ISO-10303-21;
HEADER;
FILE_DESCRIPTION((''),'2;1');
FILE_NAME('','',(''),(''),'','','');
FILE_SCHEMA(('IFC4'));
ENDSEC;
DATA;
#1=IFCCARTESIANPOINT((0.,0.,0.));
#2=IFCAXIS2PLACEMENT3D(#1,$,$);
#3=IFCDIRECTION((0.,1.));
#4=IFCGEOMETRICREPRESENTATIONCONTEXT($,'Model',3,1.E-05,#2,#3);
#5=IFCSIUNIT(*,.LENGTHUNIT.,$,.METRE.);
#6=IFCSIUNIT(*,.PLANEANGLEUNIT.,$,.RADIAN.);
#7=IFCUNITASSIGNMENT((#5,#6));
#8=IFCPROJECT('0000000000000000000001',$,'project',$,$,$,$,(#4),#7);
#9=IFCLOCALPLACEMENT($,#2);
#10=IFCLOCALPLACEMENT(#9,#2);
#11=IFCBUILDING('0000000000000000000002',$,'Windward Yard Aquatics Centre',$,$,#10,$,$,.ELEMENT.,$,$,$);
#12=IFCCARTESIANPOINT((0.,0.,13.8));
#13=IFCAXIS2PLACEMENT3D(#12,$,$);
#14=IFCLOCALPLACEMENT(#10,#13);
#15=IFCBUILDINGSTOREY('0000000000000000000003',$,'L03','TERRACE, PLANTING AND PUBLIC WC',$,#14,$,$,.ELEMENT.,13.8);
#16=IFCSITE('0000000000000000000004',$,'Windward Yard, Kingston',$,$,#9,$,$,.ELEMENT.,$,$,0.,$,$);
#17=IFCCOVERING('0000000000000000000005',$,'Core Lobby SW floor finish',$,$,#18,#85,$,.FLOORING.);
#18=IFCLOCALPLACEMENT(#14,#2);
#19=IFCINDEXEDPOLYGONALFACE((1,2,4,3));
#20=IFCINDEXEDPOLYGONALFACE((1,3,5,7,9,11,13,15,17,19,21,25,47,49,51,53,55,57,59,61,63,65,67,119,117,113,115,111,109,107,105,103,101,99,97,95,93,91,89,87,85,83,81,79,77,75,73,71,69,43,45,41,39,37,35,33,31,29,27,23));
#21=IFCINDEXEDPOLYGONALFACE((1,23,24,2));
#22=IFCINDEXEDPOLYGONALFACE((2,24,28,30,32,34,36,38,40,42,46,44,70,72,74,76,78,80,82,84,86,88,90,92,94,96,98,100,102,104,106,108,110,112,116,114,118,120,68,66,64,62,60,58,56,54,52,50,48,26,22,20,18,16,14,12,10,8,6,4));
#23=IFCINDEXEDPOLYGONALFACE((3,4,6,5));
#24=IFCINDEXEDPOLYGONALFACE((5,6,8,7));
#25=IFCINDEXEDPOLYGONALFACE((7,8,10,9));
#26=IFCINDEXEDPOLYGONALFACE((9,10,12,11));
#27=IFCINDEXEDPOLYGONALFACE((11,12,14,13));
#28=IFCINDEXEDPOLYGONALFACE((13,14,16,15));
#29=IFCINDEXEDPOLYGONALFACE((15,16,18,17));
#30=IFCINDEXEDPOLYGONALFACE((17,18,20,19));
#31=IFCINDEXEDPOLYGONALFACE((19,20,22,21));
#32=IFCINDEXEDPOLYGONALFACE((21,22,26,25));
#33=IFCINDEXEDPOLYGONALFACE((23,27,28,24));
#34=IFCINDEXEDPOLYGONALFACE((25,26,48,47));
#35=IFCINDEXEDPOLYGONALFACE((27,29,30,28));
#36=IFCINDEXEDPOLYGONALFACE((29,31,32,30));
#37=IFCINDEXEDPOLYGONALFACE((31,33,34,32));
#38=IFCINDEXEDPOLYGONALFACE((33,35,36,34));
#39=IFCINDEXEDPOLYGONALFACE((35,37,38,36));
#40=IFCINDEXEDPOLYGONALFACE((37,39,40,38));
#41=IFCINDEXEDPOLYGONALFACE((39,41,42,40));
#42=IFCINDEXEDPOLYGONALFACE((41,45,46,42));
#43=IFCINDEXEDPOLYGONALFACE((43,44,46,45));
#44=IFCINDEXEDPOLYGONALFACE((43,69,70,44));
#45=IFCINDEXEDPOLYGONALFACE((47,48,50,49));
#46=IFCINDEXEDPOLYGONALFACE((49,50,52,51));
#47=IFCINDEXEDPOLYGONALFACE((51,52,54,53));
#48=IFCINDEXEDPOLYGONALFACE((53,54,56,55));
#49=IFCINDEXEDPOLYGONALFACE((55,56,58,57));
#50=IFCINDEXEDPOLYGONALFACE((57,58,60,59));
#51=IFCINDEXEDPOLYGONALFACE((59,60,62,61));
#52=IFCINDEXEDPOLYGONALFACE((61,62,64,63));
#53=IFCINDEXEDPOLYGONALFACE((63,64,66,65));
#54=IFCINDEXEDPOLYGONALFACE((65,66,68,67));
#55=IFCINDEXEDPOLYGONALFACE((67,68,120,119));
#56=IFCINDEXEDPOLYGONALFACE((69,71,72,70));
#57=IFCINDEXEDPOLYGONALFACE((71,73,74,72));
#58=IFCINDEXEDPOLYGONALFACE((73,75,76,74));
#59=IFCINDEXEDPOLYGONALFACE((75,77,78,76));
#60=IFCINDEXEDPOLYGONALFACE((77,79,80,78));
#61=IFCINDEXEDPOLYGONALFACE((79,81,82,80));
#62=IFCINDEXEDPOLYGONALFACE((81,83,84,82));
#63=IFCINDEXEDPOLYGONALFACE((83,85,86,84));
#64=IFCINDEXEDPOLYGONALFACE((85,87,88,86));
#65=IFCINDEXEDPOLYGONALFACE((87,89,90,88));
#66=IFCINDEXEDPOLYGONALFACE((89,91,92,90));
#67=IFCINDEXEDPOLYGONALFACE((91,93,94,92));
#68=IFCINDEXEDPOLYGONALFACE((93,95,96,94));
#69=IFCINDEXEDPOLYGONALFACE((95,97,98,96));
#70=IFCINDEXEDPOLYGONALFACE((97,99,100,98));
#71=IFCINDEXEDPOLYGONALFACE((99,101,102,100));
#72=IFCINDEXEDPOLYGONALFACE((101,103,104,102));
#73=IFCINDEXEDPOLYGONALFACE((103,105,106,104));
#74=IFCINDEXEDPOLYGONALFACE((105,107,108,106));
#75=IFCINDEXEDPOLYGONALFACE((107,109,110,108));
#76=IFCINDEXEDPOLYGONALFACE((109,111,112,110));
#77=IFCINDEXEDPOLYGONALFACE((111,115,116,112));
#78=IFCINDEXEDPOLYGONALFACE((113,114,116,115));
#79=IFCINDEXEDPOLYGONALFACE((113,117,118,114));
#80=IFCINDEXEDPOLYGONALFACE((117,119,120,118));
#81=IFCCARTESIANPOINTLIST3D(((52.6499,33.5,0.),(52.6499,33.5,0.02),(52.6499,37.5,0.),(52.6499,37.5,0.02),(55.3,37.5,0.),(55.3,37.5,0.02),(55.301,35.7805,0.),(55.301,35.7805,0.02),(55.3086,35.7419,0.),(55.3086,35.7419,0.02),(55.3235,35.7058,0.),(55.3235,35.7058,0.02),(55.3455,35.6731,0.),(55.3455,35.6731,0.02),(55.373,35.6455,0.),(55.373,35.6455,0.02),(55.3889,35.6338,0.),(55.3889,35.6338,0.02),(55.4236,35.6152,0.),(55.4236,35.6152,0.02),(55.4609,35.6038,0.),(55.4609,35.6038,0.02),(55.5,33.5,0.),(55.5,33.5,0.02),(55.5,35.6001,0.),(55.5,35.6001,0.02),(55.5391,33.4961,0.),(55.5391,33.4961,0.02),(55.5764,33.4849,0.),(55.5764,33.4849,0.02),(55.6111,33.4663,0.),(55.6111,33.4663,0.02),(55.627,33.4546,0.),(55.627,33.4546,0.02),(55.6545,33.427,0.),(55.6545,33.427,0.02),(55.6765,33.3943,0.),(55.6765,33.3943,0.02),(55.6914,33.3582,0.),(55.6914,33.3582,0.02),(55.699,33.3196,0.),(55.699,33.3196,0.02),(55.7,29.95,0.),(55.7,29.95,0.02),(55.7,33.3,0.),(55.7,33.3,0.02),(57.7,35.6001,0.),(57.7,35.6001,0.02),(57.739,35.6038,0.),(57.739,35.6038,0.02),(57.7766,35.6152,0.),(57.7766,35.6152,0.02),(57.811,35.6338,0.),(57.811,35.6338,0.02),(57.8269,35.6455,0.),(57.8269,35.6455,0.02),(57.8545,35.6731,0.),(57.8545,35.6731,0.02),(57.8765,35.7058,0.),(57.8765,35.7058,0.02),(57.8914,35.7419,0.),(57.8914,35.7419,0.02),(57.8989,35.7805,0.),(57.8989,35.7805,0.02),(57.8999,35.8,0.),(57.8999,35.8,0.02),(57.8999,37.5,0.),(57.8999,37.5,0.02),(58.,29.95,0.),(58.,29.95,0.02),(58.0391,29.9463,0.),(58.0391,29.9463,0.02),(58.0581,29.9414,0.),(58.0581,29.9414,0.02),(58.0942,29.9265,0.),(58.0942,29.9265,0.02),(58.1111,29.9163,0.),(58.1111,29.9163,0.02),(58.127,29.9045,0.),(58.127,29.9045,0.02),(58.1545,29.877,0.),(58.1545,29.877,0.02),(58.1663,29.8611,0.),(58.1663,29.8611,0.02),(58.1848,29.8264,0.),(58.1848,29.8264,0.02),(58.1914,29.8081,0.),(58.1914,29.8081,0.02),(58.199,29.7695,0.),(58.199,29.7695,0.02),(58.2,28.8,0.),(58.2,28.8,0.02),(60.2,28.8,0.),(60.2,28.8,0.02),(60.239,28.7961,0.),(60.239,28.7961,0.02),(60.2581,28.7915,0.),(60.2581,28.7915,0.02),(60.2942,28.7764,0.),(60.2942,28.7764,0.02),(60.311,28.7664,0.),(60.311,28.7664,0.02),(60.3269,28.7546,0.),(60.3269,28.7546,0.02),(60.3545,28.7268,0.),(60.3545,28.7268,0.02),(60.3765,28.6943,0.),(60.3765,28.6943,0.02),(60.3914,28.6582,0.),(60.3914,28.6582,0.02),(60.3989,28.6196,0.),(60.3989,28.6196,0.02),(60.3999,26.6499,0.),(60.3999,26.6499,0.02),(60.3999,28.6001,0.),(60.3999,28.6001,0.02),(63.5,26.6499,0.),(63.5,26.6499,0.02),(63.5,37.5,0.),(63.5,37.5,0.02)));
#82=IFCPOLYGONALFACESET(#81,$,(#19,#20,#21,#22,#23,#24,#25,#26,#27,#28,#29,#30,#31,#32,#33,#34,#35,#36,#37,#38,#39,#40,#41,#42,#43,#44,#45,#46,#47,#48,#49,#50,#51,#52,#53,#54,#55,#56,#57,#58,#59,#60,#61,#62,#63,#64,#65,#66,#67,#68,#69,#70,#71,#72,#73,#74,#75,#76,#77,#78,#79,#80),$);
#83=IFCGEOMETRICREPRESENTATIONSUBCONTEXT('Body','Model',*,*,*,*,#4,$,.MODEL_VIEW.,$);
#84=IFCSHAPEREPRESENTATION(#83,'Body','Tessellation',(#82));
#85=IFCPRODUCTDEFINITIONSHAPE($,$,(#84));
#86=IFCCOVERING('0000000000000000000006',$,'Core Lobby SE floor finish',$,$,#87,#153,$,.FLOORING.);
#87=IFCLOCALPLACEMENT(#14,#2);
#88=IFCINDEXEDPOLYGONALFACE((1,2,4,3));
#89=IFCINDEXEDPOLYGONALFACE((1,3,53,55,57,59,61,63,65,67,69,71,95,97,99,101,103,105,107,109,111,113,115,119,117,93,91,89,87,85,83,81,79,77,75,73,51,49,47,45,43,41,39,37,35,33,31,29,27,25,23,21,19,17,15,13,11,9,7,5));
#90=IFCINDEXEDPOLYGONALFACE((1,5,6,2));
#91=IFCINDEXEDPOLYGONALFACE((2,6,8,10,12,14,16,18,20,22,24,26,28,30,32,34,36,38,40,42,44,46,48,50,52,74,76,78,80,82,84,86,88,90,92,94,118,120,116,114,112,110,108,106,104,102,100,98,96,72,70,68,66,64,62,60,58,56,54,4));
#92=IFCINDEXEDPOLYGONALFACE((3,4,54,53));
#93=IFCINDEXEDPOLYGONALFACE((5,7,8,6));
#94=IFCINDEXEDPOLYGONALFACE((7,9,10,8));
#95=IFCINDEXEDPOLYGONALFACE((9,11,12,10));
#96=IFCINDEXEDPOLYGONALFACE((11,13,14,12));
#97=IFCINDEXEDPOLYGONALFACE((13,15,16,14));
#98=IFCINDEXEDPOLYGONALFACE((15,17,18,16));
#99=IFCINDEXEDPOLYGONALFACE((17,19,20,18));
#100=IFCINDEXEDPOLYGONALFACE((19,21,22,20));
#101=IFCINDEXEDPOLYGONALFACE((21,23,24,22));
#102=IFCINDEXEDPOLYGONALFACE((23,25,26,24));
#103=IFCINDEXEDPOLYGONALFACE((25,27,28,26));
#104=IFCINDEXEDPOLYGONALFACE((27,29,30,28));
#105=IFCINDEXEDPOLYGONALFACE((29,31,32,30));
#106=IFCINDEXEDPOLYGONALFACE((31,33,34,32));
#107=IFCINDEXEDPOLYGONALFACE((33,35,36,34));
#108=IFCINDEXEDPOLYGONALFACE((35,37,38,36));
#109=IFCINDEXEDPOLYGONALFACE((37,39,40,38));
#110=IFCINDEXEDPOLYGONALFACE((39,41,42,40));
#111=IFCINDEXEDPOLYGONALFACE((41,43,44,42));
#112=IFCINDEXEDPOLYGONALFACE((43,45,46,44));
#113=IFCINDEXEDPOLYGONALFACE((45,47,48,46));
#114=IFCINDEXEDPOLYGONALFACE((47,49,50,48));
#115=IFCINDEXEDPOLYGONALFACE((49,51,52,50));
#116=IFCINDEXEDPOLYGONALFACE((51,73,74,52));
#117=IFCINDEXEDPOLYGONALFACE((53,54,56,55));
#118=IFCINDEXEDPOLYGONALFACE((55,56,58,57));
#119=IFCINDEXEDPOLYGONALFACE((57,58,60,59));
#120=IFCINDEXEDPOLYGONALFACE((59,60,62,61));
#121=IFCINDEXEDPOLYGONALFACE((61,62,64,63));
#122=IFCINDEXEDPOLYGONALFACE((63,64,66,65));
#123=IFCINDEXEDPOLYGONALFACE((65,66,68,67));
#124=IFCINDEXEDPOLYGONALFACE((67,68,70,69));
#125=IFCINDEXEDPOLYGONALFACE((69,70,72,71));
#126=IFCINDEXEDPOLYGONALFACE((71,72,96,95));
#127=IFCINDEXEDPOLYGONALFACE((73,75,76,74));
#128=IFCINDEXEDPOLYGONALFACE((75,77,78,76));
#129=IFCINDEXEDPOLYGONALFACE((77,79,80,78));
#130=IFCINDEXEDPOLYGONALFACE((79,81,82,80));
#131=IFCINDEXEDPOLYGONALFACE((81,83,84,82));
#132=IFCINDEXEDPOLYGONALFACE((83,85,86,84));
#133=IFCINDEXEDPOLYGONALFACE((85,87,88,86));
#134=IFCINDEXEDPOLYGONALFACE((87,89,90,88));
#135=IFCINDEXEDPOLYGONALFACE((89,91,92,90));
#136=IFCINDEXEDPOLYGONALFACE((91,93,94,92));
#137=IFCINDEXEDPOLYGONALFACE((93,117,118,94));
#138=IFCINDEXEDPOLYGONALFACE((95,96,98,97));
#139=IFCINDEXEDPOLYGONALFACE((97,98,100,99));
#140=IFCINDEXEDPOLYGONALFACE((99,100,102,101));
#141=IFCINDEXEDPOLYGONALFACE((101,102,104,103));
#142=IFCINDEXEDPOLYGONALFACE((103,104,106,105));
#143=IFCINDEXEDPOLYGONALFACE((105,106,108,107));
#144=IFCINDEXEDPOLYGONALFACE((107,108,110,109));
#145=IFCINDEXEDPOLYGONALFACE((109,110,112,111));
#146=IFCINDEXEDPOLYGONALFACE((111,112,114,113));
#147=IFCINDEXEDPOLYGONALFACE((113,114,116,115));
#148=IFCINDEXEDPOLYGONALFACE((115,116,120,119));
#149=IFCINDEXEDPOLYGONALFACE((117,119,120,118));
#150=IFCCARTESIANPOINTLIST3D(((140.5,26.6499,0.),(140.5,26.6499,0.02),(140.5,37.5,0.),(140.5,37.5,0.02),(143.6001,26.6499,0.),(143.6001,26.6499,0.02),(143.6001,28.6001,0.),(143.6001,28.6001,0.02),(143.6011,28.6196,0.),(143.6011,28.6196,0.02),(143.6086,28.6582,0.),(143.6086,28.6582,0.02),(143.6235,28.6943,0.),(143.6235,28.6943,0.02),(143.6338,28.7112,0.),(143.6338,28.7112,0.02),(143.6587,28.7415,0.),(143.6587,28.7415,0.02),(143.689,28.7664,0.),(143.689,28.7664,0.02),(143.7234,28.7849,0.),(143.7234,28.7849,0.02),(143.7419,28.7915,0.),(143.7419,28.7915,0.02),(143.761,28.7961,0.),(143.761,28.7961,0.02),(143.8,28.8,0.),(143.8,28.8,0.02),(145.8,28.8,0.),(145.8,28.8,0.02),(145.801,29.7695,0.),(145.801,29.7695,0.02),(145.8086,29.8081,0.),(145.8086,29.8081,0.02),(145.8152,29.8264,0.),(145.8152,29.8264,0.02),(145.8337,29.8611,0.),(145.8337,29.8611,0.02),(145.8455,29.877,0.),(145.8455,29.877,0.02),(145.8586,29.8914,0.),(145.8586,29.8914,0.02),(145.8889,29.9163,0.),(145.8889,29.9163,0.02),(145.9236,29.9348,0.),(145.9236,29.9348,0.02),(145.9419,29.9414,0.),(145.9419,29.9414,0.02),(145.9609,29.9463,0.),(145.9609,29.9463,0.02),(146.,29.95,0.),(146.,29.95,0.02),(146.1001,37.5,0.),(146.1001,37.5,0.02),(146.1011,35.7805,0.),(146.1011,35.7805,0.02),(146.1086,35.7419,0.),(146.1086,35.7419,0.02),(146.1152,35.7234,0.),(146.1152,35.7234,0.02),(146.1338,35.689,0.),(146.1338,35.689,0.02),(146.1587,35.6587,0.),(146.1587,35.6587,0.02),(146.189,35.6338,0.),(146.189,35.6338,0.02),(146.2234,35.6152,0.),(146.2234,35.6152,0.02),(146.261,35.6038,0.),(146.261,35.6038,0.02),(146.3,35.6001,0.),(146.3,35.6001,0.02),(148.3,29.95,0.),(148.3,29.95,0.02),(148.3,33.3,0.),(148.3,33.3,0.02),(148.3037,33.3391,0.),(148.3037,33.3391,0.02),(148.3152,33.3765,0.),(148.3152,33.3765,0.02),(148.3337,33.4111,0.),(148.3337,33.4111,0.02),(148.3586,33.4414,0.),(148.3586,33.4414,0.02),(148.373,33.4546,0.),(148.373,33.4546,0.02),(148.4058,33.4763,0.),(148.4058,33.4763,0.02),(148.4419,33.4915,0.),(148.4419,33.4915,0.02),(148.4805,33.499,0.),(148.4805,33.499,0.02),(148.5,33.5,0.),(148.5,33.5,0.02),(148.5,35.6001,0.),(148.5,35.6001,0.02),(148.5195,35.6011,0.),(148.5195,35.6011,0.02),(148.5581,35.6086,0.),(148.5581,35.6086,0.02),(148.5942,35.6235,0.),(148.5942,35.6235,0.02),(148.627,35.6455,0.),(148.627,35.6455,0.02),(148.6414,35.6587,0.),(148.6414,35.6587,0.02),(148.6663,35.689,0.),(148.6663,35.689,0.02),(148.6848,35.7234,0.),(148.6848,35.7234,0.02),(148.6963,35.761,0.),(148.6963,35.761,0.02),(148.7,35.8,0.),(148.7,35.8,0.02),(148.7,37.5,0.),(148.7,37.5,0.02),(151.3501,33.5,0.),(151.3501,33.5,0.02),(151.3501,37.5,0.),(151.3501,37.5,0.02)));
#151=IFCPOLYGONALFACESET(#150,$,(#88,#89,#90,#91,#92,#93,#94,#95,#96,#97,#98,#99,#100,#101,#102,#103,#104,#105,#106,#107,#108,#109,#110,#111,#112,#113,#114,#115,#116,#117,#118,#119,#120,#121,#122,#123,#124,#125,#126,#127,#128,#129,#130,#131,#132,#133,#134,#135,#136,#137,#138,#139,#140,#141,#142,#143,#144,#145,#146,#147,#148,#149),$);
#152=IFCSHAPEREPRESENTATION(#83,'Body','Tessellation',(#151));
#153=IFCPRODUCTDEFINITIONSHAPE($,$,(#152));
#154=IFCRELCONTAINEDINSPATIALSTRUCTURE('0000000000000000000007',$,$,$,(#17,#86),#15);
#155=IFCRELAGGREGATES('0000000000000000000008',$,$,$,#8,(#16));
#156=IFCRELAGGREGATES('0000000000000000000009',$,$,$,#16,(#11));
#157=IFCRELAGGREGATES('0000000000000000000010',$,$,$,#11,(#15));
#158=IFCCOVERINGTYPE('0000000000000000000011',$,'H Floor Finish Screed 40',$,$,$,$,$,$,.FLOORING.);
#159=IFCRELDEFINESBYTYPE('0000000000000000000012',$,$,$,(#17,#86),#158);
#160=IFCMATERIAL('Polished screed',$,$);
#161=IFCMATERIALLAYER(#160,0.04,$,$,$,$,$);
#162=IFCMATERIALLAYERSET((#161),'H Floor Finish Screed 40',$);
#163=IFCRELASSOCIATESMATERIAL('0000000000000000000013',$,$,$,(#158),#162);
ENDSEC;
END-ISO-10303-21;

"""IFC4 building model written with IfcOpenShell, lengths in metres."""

from ifc_helpers import new_model, si_unit, direction, frame, origin, place, context, subcontext, project, spatial, polyline, outline, extrude, material, layer, layer_set, type_object, element, save


model = new_model("IFC4")

# Units and contexts
model_context = context("Model", 3, precision=1e-05, world=origin(), true_north=direction((0.0, 1.0)))
body_context = subcontext(model_context, "Body", "Model", "MODEL_VIEW")
ifc_project = project(units=[si_unit("LENGTHUNIT", "METRE"), si_unit("PLANEANGLEUNIT", "RADIAN")], contexts=[model_context])

# Site, building, storey
site_placement = place(None, origin())
site = spatial("IfcSite", under=ifc_project, at=site_placement, Name="Windward Yard, Kingston", CompositionType="ELEMENT", RefElevation=0.0)
building_placement = place(site_placement, origin())
building = spatial("IfcBuilding", under=site, at=building_placement, Name="Windward Yard Aquatics Centre", CompositionType="ELEMENT")
storey_placement = place(building_placement, frame((0.0, 0.0, 13.8)))
storey = spatial("IfcBuildingStorey", under=building, at=storey_placement, Name="L03", Description="TERRACE, PLANTING AND PUBLIC WC", CompositionType="ELEMENT", Elevation=13.8)

# Coverings
ifc_material_1 = material(Name="Polished screed")
ifc_layer_1 = layer(ifc_material_1, 0.04)
ifc_layer_set_1 = layer_set([ifc_layer_1], Name="H Floor Finish Screed 40")
covering_type_1 = type_object("IfcCoveringType", Name="H Floor Finish Screed 40", PredefinedType="FLOORING", material=ifc_layer_set_1)
covering_1_placement = place(storey_placement, origin())
element("IfcCovering", 1, at=covering_1_placement, inside=storey, type_object=covering_type_1, Name="Core Lobby SW floor finish", PredefinedType="FLOORING", context=body_context, shape_type="SweptSolid", body=[
    extrude(outline(polyline([(52.6499, 33.5), (52.6499, 37.5), (55.3, 37.5), (55.301, 35.7805), (55.3086, 35.7419), (55.3235, 35.7058), (55.3455, 35.6731), (55.373, 35.6455), (55.3889, 35.6338), (55.4236, 35.6152), (55.4609, 35.6038), (55.5, 35.6001), (57.7, 35.6001), (57.739, 35.6038), (57.7766, 35.6152), (57.811, 35.6338), (57.8269, 35.6455), (57.8545, 35.6731), (57.8765, 35.7058), (57.8914, 35.7419), (57.8989, 35.7805), (57.8999, 35.8), (57.8999, 37.5), (63.5, 37.5), (63.5, 26.6499), (60.3999, 26.6499), (60.3999, 28.6001), (60.3989, 28.6196), (60.3914, 28.6582), (60.3765, 28.6943), (60.3545, 28.7268), (60.3269, 28.7546), (60.311, 28.7664), (60.2942, 28.7764), (60.2581, 28.7915), (60.239, 28.7961), (60.2, 28.8), (58.2, 28.8), (58.199, 29.7695), (58.1914, 29.8081), (58.1848, 29.8264), (58.1663, 29.8611), (58.1545, 29.877), (58.127, 29.9045), (58.1111, 29.9163), (58.0942, 29.9265), (58.0581, 29.9414), (58.0391, 29.9463), (58.0, 29.95), (55.7, 29.95), (55.7, 33.3), (55.699, 33.3196), (55.6914, 33.3582), (55.6765, 33.3943), (55.6545, 33.427), (55.627, 33.4546), (55.6111, 33.4663), (55.5764, 33.4849), (55.5391, 33.4961), (55.5, 33.5), (52.6499, 33.5)])), origin(), (0.0, 0.0, 1.0), 0.02),
])
covering_2_placement = place(storey_placement, origin())
element("IfcCovering", 2, at=covering_2_placement, inside=storey, type_object=covering_type_1, Name="Core Lobby SE floor finish", PredefinedType="FLOORING", context=body_context, shape_type="SweptSolid", body=[
    extrude(outline(polyline([(140.5, 26.6499), (140.5, 37.5), (146.1001, 37.5), (146.1011, 35.7805), (146.1086, 35.7419), (146.1152, 35.7234), (146.1338, 35.689), (146.1587, 35.6587), (146.189, 35.6338), (146.2234, 35.6152), (146.261, 35.6038), (146.3, 35.6001), (148.5, 35.6001), (148.5195, 35.6011), (148.5581, 35.6086), (148.5942, 35.6235), (148.627, 35.6455), (148.6414, 35.6587), (148.6663, 35.689), (148.6848, 35.7234), (148.6963, 35.761), (148.7, 35.8), (148.7, 37.5), (151.3501, 37.5), (151.3501, 33.5), (148.5, 33.5), (148.4805, 33.499), (148.4419, 33.4915), (148.4058, 33.4763), (148.373, 33.4546), (148.3586, 33.4414), (148.3337, 33.4111), (148.3152, 33.3765), (148.3037, 33.3391), (148.3, 33.3), (148.3, 29.95), (146.0, 29.95), (145.9609, 29.9463), (145.9419, 29.9414), (145.9236, 29.9348), (145.8889, 29.9163), (145.8586, 29.8914), (145.8455, 29.877), (145.8337, 29.8611), (145.8152, 29.8264), (145.8086, 29.8081), (145.801, 29.7695), (145.8, 28.8), (143.8, 28.8), (143.761, 28.7961), (143.7419, 28.7915), (143.7234, 28.7849), (143.689, 28.7664), (143.6587, 28.7415), (143.6338, 28.7112), (143.6235, 28.6943), (143.6086, 28.6582), (143.6011, 28.6196), (143.6001, 28.6001), (143.6001, 26.6499), (140.5, 26.6499)])), origin(), (0.0, 0.0, 1.0), 0.02),
])

save(model, "model.ifc")
